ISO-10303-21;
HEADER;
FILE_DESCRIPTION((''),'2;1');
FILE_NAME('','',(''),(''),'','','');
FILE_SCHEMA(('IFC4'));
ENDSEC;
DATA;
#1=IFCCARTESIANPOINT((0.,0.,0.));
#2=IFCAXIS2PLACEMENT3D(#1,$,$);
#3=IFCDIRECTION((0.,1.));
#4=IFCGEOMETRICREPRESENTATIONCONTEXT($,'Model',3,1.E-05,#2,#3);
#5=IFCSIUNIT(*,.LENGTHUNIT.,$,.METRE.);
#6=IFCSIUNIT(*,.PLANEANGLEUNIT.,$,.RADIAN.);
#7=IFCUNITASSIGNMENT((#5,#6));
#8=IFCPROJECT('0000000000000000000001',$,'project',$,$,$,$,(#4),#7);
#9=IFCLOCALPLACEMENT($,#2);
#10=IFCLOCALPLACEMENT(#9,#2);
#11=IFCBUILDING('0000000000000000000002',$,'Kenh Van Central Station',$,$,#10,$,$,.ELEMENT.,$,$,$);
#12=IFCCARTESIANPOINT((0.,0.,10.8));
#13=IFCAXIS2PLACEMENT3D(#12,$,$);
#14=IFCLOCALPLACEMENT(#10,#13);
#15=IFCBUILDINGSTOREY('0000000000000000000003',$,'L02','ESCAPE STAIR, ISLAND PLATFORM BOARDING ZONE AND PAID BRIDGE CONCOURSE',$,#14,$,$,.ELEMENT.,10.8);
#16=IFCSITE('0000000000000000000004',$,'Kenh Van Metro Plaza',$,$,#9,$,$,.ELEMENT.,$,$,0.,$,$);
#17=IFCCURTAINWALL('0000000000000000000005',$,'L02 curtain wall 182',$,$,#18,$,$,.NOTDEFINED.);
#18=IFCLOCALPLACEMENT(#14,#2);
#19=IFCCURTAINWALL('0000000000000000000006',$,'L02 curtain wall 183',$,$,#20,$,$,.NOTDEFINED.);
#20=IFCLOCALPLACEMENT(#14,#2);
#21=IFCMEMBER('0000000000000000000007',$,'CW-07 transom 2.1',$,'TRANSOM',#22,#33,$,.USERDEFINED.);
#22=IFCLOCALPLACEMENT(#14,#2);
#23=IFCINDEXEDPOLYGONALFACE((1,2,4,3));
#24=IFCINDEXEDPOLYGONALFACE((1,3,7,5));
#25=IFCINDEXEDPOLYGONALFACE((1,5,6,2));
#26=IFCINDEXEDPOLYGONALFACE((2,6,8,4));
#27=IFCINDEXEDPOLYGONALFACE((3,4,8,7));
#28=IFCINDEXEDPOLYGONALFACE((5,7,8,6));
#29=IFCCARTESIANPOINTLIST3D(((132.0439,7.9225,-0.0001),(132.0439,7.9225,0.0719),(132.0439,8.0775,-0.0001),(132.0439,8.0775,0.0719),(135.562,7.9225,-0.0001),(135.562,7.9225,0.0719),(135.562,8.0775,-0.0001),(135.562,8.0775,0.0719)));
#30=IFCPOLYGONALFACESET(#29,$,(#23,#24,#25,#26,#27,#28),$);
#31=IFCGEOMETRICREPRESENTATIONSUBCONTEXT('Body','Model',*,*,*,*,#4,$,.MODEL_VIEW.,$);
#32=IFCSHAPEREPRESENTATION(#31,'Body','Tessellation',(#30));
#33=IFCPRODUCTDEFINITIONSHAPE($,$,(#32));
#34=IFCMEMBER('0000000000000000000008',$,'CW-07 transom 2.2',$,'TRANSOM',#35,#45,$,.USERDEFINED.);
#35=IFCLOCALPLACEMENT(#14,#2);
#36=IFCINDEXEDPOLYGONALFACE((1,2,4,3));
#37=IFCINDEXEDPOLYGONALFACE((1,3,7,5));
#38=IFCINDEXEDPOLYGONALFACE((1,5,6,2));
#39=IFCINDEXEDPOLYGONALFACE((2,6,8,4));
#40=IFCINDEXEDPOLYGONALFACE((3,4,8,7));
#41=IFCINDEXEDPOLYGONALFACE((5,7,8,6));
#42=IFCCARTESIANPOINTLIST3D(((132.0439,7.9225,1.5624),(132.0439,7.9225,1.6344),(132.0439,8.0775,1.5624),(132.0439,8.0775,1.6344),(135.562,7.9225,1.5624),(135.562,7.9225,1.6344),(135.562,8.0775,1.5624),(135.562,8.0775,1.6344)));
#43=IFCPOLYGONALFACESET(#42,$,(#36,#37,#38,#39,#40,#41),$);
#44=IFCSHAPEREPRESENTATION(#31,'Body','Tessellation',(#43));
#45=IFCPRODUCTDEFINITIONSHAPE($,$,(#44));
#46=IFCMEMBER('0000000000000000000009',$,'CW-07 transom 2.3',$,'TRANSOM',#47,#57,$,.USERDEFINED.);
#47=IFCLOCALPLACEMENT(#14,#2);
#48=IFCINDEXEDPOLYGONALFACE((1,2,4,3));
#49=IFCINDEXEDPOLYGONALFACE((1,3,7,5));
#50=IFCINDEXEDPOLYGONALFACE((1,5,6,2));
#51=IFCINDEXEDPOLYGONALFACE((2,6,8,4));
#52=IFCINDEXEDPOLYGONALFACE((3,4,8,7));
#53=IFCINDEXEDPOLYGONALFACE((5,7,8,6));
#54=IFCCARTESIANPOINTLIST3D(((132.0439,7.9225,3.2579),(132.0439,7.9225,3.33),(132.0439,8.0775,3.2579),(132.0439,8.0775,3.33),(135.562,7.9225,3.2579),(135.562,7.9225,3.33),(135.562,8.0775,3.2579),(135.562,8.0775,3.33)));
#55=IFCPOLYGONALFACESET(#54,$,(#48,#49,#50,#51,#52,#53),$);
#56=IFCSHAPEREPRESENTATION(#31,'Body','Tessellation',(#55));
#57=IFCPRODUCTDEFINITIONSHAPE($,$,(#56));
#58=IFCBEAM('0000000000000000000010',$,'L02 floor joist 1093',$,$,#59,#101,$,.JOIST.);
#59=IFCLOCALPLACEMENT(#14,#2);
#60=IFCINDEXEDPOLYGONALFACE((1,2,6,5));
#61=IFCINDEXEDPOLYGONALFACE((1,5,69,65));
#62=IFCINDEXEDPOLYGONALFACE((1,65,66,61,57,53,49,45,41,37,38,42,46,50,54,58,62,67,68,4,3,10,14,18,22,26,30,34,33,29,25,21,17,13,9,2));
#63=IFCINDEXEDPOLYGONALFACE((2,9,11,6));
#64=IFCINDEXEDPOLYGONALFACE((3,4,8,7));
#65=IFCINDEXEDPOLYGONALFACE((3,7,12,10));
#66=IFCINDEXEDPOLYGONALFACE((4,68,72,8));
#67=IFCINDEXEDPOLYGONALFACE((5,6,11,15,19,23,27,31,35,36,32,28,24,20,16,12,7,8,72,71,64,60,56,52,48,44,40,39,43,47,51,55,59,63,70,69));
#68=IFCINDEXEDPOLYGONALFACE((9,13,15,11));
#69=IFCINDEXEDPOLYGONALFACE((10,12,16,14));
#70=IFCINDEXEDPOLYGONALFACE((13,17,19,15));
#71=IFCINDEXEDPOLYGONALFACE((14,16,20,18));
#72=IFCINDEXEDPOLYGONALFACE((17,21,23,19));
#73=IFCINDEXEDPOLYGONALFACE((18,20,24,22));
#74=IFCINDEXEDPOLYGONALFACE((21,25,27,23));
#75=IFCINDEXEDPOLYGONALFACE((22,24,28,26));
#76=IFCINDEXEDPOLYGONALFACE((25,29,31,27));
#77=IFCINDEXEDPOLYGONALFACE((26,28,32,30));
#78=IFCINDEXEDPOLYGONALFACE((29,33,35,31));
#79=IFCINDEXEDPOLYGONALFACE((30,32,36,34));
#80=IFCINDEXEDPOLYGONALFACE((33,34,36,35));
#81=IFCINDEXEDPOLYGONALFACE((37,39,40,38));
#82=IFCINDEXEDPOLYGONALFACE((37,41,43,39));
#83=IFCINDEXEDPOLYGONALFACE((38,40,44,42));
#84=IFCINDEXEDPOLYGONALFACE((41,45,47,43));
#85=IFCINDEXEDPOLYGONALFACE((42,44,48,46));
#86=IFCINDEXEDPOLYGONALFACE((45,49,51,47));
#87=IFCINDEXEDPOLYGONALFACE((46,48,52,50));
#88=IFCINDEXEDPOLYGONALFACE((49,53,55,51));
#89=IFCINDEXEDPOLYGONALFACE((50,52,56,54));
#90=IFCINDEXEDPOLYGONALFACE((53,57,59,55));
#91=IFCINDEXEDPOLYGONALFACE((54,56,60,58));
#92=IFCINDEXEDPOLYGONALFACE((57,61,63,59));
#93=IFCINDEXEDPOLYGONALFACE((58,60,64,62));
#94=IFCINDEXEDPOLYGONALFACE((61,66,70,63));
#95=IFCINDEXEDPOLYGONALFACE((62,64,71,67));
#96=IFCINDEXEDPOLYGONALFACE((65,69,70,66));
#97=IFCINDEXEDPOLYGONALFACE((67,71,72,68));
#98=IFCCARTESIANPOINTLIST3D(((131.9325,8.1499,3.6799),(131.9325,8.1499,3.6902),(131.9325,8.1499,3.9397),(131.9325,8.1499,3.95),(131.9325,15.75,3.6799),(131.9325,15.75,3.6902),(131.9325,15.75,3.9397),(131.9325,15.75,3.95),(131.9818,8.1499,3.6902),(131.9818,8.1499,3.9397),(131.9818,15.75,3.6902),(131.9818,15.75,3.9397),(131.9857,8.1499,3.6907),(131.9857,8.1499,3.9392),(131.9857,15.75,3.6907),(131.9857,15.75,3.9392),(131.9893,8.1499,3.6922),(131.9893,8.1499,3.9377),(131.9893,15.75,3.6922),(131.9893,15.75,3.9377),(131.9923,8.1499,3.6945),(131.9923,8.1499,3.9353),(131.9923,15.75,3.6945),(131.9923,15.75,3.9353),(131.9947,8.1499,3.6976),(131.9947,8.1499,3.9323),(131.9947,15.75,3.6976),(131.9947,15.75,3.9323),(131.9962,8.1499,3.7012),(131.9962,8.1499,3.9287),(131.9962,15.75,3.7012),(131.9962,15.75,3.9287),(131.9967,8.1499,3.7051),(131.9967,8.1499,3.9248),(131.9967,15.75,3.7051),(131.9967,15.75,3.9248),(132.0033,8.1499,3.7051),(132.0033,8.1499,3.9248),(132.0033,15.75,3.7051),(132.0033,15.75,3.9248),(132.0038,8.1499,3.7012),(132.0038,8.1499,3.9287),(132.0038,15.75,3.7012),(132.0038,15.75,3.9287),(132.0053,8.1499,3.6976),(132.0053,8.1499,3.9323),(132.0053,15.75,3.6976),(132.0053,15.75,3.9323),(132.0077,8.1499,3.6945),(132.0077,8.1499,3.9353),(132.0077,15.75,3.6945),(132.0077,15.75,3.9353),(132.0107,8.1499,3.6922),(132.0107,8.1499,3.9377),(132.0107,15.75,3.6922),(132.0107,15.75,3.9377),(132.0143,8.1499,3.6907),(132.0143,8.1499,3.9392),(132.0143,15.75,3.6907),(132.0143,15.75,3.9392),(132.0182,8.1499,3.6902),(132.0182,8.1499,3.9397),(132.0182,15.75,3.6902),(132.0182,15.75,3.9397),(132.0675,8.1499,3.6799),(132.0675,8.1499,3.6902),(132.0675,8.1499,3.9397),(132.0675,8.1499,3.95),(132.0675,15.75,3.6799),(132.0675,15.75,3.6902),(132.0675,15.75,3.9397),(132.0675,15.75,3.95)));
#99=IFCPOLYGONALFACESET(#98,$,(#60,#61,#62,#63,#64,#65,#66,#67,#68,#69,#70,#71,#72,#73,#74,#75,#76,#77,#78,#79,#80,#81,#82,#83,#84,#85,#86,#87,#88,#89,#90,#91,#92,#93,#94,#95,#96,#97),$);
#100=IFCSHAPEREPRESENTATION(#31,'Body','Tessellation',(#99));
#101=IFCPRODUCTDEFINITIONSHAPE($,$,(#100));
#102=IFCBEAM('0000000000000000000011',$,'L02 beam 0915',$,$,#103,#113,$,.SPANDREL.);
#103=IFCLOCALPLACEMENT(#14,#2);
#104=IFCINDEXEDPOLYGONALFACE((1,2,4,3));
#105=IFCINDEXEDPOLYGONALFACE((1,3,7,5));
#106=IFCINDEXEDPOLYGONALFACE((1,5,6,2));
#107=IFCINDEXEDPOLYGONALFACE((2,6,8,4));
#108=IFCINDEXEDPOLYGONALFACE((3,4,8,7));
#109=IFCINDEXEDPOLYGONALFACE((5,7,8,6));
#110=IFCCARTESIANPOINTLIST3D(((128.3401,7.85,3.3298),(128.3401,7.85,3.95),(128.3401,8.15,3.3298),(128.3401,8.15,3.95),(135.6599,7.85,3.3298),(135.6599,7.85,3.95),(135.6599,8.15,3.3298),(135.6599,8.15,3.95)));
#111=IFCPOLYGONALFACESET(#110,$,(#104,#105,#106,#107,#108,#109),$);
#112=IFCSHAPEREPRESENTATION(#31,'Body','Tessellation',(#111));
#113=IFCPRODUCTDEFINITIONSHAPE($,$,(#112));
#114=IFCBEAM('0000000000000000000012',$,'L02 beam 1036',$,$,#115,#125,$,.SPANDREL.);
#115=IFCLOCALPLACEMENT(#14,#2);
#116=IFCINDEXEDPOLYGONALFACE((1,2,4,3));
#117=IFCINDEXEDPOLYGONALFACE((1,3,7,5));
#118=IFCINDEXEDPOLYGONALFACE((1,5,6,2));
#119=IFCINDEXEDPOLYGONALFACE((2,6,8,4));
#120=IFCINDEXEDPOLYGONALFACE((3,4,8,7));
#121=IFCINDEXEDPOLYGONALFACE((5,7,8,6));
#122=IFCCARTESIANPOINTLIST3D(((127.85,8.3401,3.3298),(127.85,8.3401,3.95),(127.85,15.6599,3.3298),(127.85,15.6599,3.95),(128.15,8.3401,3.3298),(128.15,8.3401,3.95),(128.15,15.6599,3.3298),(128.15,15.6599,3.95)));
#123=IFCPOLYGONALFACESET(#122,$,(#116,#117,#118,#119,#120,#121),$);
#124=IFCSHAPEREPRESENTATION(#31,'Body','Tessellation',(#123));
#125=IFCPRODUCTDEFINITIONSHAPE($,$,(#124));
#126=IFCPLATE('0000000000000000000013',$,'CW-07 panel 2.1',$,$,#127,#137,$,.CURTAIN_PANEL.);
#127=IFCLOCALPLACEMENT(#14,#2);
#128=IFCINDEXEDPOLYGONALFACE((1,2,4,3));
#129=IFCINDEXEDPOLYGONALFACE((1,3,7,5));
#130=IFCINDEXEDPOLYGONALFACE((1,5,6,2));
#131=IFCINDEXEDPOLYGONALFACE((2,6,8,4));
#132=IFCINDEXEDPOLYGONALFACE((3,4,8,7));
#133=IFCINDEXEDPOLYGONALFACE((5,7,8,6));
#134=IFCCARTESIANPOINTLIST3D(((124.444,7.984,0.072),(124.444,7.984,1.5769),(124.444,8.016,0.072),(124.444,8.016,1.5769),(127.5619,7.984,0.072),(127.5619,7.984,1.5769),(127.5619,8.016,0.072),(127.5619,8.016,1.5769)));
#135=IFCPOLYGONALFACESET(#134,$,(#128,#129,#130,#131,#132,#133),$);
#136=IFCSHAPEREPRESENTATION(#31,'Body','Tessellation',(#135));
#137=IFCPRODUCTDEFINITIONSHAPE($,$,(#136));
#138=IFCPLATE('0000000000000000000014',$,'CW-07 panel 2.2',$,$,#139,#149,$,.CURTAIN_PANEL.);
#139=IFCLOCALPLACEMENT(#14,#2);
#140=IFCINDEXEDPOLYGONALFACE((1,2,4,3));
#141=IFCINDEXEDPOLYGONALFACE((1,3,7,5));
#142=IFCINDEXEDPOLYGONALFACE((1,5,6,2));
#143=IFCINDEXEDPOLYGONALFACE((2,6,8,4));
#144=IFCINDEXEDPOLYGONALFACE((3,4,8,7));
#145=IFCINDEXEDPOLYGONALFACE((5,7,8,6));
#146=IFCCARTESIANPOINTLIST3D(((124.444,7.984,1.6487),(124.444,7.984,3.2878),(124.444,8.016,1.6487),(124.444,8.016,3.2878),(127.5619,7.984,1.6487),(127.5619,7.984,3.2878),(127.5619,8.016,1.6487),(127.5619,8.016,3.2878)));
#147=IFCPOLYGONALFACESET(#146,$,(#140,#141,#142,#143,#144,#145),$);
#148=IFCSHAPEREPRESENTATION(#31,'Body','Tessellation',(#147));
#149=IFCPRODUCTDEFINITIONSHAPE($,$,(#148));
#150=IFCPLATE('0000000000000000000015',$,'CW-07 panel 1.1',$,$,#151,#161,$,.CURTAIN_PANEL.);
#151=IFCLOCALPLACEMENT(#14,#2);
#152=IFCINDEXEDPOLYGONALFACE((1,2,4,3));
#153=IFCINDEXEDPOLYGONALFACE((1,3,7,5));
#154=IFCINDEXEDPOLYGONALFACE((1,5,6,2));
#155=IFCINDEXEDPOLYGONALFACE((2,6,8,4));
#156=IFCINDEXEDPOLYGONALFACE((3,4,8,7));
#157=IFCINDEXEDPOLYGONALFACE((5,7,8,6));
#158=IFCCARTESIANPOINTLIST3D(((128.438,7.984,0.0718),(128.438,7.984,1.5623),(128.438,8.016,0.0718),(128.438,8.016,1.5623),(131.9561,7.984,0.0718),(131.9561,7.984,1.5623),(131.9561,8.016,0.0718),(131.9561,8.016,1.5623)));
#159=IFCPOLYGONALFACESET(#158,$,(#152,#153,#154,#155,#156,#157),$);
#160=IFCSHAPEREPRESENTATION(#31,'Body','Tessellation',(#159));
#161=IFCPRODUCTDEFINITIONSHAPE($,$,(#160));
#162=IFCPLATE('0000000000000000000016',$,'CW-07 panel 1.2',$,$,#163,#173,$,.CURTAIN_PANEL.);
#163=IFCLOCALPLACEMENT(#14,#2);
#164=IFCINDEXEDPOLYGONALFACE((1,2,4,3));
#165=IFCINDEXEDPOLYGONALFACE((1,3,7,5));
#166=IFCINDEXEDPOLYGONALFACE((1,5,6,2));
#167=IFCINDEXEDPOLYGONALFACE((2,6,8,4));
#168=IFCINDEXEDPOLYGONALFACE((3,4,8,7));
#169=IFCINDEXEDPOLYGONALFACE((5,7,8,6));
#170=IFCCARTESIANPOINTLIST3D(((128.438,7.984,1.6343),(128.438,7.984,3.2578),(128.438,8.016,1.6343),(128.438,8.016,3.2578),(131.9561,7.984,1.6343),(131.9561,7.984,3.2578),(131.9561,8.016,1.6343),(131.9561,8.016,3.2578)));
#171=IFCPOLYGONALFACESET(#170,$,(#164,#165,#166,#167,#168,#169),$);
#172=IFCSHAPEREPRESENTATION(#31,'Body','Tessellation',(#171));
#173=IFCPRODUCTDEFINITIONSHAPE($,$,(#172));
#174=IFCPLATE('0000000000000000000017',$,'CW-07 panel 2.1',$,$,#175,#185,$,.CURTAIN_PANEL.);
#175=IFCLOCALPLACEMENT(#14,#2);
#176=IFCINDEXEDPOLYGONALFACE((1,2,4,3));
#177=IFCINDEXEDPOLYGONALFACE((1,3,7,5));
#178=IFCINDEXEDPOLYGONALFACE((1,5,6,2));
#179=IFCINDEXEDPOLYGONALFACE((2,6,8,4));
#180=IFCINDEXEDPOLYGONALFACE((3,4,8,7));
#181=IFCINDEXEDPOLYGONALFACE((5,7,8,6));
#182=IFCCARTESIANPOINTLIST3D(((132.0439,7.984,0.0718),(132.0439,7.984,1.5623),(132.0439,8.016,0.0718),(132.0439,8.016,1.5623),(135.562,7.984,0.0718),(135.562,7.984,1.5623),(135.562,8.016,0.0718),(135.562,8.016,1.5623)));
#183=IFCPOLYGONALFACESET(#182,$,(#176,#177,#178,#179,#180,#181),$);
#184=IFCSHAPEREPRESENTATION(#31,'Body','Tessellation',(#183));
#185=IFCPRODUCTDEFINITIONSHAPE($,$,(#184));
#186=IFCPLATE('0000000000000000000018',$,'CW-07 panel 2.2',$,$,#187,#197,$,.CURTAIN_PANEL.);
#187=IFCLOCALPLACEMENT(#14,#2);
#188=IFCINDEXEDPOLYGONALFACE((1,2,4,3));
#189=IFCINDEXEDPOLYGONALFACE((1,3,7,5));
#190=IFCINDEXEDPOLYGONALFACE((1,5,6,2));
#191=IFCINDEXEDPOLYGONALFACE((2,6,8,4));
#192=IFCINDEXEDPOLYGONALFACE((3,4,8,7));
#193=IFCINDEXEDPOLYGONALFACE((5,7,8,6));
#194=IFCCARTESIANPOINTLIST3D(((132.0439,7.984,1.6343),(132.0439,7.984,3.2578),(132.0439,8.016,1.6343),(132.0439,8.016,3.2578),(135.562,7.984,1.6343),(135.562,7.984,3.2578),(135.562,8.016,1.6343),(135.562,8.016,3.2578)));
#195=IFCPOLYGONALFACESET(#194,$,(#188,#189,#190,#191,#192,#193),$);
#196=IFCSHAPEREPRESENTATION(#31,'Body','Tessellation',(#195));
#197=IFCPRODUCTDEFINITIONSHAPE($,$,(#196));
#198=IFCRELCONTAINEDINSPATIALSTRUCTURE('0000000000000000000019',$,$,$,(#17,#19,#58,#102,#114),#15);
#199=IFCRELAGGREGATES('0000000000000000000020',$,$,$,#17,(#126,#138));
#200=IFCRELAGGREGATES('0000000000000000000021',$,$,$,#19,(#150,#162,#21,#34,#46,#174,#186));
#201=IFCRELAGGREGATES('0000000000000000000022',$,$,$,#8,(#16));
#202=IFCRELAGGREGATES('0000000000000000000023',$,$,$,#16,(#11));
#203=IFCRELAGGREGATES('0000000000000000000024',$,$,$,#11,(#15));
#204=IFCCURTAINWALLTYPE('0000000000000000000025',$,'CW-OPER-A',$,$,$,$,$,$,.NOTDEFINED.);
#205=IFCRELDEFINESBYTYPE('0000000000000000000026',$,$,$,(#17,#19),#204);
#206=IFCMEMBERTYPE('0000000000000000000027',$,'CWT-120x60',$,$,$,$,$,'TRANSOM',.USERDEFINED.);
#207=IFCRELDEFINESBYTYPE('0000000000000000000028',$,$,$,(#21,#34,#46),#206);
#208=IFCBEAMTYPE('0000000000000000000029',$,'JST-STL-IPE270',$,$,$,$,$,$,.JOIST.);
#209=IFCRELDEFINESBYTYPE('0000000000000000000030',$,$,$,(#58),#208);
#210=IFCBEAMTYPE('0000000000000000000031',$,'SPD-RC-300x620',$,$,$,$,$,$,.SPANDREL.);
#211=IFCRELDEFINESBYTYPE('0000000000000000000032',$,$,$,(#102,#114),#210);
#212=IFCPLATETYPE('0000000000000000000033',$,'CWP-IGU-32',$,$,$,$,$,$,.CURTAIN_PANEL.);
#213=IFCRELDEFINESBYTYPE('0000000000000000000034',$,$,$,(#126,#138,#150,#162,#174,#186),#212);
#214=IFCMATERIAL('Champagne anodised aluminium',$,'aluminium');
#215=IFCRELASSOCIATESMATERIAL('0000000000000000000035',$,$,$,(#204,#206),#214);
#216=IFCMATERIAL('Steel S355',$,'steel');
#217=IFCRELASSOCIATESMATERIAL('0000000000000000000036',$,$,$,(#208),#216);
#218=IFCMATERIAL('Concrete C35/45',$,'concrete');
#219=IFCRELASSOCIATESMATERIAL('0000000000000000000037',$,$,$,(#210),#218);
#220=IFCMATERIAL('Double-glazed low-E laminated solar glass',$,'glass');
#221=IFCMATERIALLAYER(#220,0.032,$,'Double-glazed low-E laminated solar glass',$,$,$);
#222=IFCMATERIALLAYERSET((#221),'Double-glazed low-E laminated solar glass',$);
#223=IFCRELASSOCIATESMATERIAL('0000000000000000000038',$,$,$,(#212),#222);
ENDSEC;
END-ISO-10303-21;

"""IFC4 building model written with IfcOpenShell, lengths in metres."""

from ifc_helpers import new_model, si_unit, direction, frame, origin, origin_2d, place, context, subcontext, project, spatial, rectangle, i_section, extrude, material, layer, layer_set, material_profile, profile_set, type_object, element, aggregate, save


model = new_model("IFC4")

# Units and contexts
model_context = context("Model", 3, precision=1e-05, world=origin(), true_north=direction((0.0, 1.0)))
body_context = subcontext(model_context, "Body", "Model", "MODEL_VIEW")
ifc_project = project(units=[si_unit("LENGTHUNIT", "METRE"), si_unit("PLANEANGLEUNIT", "RADIAN")], contexts=[model_context])

# Site, building, storey
site_placement = place(None, origin())
site = spatial("IfcSite", under=ifc_project, at=site_placement, Name="Kenh Van Metro Plaza", CompositionType="ELEMENT", RefElevation=0.0)
building_placement = place(site_placement, origin())
building = spatial("IfcBuilding", under=site, at=building_placement, Name="Kenh Van Central Station", CompositionType="ELEMENT")
storey_placement = place(building_placement, frame((0.0, 0.0, 10.8)))
storey = spatial("IfcBuildingStorey", under=building, at=storey_placement, Name="L02", Description="ESCAPE STAIR, ISLAND PLATFORM BOARDING ZONE AND PAID BRIDGE CONCOURSE", CompositionType="ELEMENT", Elevation=10.8)

# Shared definitions
ifc_material_1 = material(Name="Concrete C35/45", Category="concrete")

# Curtain wall
ifc_material_2 = material(Name="Champagne anodised aluminium", Category="aluminium")
curtain_wall_type = type_object("IfcCurtainWallType", Name="CW-OPER-A", PredefinedType="NOTDEFINED", material=ifc_material_2)
curtain_wall_1_placement = place(storey_placement, origin())
curtain_wall_1 = element("IfcCurtainWall", 1, at=curtain_wall_1_placement, inside=storey, type_object=curtain_wall_type, Name="L02 curtain wall 182", PredefinedType="NOTDEFINED")

# Curtain wall
curtain_wall_2_placement = place(storey_placement, origin())
curtain_wall_2 = element("IfcCurtainWall", 2, at=curtain_wall_2_placement, inside=storey, type_object=curtain_wall_type, Name="L02 curtain wall 183", PredefinedType="NOTDEFINED")

# Members
ifc_material_profile_1 = material_profile(ifc_material_2, rectangle(XDim=0.155, YDim=0.072, at=origin_2d()), Name="AL 155x72")
ifc_profile_set_1 = profile_set([ifc_material_profile_1], Name="Champagne anodised aluminium")
member_type_1 = type_object("IfcMemberType", Name="CWT-120x60", ElementType="TRANSOM", PredefinedType="USERDEFINED", material=ifc_profile_set_1)
member_1_placement = place(storey_placement, frame((132.0439, 8.0, 0.0359), z_axis=(1.0, 0.0, 0.0), x_axis=(0.0, 1.0, 0.0)))
member_1 = element("IfcMember", 3, at=member_1_placement, type_object=member_type_1, Name="CW-07 transom 2.1", ObjectType="TRANSOM", PredefinedType="USERDEFINED", context=body_context, shape_type="SweptSolid", body=[
    extrude(rectangle(XDim=0.155, YDim=0.072, at=origin_2d()), origin(), (0.0, 0.0, 1.0), 3.5181),
])
member_2_placement = place(storey_placement, frame((132.0439, 8.0, 1.5984), z_axis=(1.0, 0.0, 0.0), x_axis=(0.0, 1.0, 0.0)))
member_2 = element("IfcMember", 4, at=member_2_placement, type_object=member_type_1, Name="CW-07 transom 2.2", ObjectType="TRANSOM", PredefinedType="USERDEFINED", context=body_context, shape_type="SweptSolid", body=[
    extrude(rectangle(XDim=0.155, YDim=0.072, at=origin_2d()), origin(), (0.0, 0.0, 1.0), 3.5181),
])
member_3_placement = place(storey_placement, frame((132.0439, 8.0, 3.2939), z_axis=(1.0, 0.0, 0.0), x_axis=(0.0, 1.0, 0.0)))
member_3 = element("IfcMember", 5, at=member_3_placement, type_object=member_type_1, Name="CW-07 transom 2.3", ObjectType="TRANSOM", PredefinedType="USERDEFINED", context=body_context, shape_type="SweptSolid", body=[
    extrude(rectangle(XDim=0.155, YDim=0.072, at=origin_2d()), origin(), (0.0, 0.0, 1.0), 3.5181),
])

# Beams
ifc_material_3 = material(Name="Steel S355", Category="steel")
ifc_material_profile_2 = material_profile(ifc_material_3, i_section(OverallWidth=0.135, OverallDepth=0.27, WebThickness=0.0066, FlangeThickness=0.0103, FilletRadius=0.0149, at=origin_2d()), Name="IPE 270")
ifc_profile_set_2 = profile_set([ifc_material_profile_2], Name="Steel S355")
beam_type_1 = type_object("IfcBeamType", Name="JST-STL-IPE270", PredefinedType="JOIST", material=ifc_profile_set_2)
beam_placement = place(storey_placement, frame((132.0, 8.1499, 3.8149), z_axis=(0.0, 1.0, 0.0), x_axis=(-1.0, 0.0, 0.0)))
element("IfcBeam", 6, at=beam_placement, inside=storey, type_object=beam_type_1, Name="L02 floor joist 1093", PredefinedType="JOIST", context=body_context, shape_type="SweptSolid", body=[
    extrude(i_section(OverallWidth=0.135, OverallDepth=0.27, WebThickness=0.0066, FlangeThickness=0.0103, FilletRadius=0.0149, at=origin_2d()), origin(), (0.0, 0.0, 1.0), 7.6001),
])
ifc_material_profile_3 = material_profile(ifc_material_1, rectangle(XDim=0.3, YDim=0.6201, at=origin_2d()), Name="RC 300x620")
ifc_profile_set_3 = profile_set([ifc_material_profile_3], Name="Concrete C35/45")
beam_type_2 = type_object("IfcBeamType", Name="SPD-RC-300x620", PredefinedType="SPANDREL", material=ifc_profile_set_3)
for number, where, z_axis, x_axis, name in (
    (7, (128.3401, 8.0, 3.6399), (1.0, 0.0, 0.0), (0.0, 1.0, 0.0), "L02 beam 0915"),
    (8, (128.0, 8.3401, 3.6399), (0.0, 1.0, 0.0), (-1.0, 0.0, 0.0), "L02 beam 1036"),
):
    element("IfcBeam", number, at=place(storey_placement, frame(where, z_axis=z_axis, x_axis=x_axis)), inside=storey, type_object=beam_type_2, Name=name, PredefinedType="SPANDREL", context=body_context, shape_type="SweptSolid", body=[
        extrude(rectangle(XDim=0.3, YDim=0.6201, at=origin_2d()), origin(), (0.0, 0.0, 1.0), 7.3198),
    ])

# Plates
ifc_material_4 = material(Name="Double-glazed low-E laminated solar glass", Category="glass")
ifc_layer = layer(ifc_material_4, 0.032, Name="Double-glazed low-E laminated solar glass")
ifc_layer_set = layer_set([ifc_layer], Name="Double-glazed low-E laminated solar glass")
plate_type = type_object("IfcPlateType", Name="CWP-IGU-32", PredefinedType="CURTAIN_PANEL", material=ifc_layer_set)
plate_1_placement = place(storey_placement, frame((126.0029, 8.0, 0.072), z_axis=(0.0, 0.0, 1.0), x_axis=(1.0, 0.0, 0.0)))
plate_1 = element("IfcPlate", 9, at=plate_1_placement, type_object=plate_type, Name="CW-07 panel 2.1", PredefinedType="CURTAIN_PANEL", context=body_context, shape_type="SweptSolid", body=[
    extrude(rectangle(XDim=3.1179, YDim=0.032, at=origin_2d()), origin(), (0.0, 0.0, 1.0), 1.5049),
])
plate_2_placement = place(storey_placement, frame((126.0029, 8.0, 1.6487), z_axis=(0.0, 0.0, 1.0), x_axis=(1.0, 0.0, 0.0)))
plate_2 = element("IfcPlate", 10, at=plate_2_placement, type_object=plate_type, Name="CW-07 panel 2.2", PredefinedType="CURTAIN_PANEL", context=body_context, shape_type="SweptSolid", body=[
    extrude(rectangle(XDim=3.1179, YDim=0.032, at=origin_2d()), origin(), (0.0, 0.0, 1.0), 1.6392),
])
aggregate(curtain_wall_1, [plate_1, plate_2])
plate_3_placement = place(storey_placement, frame((130.197, 8.0, 0.0718), z_axis=(0.0, 0.0, 1.0), x_axis=(1.0, 0.0, 0.0)))
plate_3 = element("IfcPlate", 11, at=plate_3_placement, type_object=plate_type, Name="CW-07 panel 1.1", PredefinedType="CURTAIN_PANEL", context=body_context, shape_type="SweptSolid", body=[
    extrude(rectangle(XDim=3.5181, YDim=0.032, at=origin_2d()), origin(), (0.0, 0.0, 1.0), 1.4905),
])
plate_4_placement = place(storey_placement, frame((130.197, 8.0, 1.6343), z_axis=(0.0, 0.0, 1.0), x_axis=(1.0, 0.0, 0.0)))
plate_4 = element("IfcPlate", 12, at=plate_4_placement, type_object=plate_type, Name="CW-07 panel 1.2", PredefinedType="CURTAIN_PANEL", context=body_context, shape_type="SweptSolid", body=[
    extrude(rectangle(XDim=3.5181, YDim=0.032, at=origin_2d()), origin(), (0.0, 0.0, 1.0), 1.6235),
])
plate_5_placement = place(storey_placement, frame((133.803, 8.0, 0.0718), z_axis=(0.0, 0.0, 1.0), x_axis=(1.0, 0.0, 0.0)))
plate_5 = element("IfcPlate", 13, at=plate_5_placement, type_object=plate_type, Name="CW-07 panel 2.1", PredefinedType="CURTAIN_PANEL", context=body_context, shape_type="SweptSolid", body=[
    extrude(rectangle(XDim=3.5181, YDim=0.032, at=origin_2d()), origin(), (0.0, 0.0, 1.0), 1.4905),
])
plate_6_placement = place(storey_placement, frame((133.803, 8.0, 1.6343), z_axis=(0.0, 0.0, 1.0), x_axis=(1.0, 0.0, 0.0)))
plate_6 = element("IfcPlate", 14, at=plate_6_placement, type_object=plate_type, Name="CW-07 panel 2.2", PredefinedType="CURTAIN_PANEL", context=body_context, shape_type="SweptSolid", body=[
    extrude(rectangle(XDim=3.5181, YDim=0.032, at=origin_2d()), origin(), (0.0, 0.0, 1.0), 1.6235),
])
aggregate(curtain_wall_2, [plate_3, plate_4, member_1, member_2, member_3, plate_5, plate_6])

save(model, "model.ifc")
